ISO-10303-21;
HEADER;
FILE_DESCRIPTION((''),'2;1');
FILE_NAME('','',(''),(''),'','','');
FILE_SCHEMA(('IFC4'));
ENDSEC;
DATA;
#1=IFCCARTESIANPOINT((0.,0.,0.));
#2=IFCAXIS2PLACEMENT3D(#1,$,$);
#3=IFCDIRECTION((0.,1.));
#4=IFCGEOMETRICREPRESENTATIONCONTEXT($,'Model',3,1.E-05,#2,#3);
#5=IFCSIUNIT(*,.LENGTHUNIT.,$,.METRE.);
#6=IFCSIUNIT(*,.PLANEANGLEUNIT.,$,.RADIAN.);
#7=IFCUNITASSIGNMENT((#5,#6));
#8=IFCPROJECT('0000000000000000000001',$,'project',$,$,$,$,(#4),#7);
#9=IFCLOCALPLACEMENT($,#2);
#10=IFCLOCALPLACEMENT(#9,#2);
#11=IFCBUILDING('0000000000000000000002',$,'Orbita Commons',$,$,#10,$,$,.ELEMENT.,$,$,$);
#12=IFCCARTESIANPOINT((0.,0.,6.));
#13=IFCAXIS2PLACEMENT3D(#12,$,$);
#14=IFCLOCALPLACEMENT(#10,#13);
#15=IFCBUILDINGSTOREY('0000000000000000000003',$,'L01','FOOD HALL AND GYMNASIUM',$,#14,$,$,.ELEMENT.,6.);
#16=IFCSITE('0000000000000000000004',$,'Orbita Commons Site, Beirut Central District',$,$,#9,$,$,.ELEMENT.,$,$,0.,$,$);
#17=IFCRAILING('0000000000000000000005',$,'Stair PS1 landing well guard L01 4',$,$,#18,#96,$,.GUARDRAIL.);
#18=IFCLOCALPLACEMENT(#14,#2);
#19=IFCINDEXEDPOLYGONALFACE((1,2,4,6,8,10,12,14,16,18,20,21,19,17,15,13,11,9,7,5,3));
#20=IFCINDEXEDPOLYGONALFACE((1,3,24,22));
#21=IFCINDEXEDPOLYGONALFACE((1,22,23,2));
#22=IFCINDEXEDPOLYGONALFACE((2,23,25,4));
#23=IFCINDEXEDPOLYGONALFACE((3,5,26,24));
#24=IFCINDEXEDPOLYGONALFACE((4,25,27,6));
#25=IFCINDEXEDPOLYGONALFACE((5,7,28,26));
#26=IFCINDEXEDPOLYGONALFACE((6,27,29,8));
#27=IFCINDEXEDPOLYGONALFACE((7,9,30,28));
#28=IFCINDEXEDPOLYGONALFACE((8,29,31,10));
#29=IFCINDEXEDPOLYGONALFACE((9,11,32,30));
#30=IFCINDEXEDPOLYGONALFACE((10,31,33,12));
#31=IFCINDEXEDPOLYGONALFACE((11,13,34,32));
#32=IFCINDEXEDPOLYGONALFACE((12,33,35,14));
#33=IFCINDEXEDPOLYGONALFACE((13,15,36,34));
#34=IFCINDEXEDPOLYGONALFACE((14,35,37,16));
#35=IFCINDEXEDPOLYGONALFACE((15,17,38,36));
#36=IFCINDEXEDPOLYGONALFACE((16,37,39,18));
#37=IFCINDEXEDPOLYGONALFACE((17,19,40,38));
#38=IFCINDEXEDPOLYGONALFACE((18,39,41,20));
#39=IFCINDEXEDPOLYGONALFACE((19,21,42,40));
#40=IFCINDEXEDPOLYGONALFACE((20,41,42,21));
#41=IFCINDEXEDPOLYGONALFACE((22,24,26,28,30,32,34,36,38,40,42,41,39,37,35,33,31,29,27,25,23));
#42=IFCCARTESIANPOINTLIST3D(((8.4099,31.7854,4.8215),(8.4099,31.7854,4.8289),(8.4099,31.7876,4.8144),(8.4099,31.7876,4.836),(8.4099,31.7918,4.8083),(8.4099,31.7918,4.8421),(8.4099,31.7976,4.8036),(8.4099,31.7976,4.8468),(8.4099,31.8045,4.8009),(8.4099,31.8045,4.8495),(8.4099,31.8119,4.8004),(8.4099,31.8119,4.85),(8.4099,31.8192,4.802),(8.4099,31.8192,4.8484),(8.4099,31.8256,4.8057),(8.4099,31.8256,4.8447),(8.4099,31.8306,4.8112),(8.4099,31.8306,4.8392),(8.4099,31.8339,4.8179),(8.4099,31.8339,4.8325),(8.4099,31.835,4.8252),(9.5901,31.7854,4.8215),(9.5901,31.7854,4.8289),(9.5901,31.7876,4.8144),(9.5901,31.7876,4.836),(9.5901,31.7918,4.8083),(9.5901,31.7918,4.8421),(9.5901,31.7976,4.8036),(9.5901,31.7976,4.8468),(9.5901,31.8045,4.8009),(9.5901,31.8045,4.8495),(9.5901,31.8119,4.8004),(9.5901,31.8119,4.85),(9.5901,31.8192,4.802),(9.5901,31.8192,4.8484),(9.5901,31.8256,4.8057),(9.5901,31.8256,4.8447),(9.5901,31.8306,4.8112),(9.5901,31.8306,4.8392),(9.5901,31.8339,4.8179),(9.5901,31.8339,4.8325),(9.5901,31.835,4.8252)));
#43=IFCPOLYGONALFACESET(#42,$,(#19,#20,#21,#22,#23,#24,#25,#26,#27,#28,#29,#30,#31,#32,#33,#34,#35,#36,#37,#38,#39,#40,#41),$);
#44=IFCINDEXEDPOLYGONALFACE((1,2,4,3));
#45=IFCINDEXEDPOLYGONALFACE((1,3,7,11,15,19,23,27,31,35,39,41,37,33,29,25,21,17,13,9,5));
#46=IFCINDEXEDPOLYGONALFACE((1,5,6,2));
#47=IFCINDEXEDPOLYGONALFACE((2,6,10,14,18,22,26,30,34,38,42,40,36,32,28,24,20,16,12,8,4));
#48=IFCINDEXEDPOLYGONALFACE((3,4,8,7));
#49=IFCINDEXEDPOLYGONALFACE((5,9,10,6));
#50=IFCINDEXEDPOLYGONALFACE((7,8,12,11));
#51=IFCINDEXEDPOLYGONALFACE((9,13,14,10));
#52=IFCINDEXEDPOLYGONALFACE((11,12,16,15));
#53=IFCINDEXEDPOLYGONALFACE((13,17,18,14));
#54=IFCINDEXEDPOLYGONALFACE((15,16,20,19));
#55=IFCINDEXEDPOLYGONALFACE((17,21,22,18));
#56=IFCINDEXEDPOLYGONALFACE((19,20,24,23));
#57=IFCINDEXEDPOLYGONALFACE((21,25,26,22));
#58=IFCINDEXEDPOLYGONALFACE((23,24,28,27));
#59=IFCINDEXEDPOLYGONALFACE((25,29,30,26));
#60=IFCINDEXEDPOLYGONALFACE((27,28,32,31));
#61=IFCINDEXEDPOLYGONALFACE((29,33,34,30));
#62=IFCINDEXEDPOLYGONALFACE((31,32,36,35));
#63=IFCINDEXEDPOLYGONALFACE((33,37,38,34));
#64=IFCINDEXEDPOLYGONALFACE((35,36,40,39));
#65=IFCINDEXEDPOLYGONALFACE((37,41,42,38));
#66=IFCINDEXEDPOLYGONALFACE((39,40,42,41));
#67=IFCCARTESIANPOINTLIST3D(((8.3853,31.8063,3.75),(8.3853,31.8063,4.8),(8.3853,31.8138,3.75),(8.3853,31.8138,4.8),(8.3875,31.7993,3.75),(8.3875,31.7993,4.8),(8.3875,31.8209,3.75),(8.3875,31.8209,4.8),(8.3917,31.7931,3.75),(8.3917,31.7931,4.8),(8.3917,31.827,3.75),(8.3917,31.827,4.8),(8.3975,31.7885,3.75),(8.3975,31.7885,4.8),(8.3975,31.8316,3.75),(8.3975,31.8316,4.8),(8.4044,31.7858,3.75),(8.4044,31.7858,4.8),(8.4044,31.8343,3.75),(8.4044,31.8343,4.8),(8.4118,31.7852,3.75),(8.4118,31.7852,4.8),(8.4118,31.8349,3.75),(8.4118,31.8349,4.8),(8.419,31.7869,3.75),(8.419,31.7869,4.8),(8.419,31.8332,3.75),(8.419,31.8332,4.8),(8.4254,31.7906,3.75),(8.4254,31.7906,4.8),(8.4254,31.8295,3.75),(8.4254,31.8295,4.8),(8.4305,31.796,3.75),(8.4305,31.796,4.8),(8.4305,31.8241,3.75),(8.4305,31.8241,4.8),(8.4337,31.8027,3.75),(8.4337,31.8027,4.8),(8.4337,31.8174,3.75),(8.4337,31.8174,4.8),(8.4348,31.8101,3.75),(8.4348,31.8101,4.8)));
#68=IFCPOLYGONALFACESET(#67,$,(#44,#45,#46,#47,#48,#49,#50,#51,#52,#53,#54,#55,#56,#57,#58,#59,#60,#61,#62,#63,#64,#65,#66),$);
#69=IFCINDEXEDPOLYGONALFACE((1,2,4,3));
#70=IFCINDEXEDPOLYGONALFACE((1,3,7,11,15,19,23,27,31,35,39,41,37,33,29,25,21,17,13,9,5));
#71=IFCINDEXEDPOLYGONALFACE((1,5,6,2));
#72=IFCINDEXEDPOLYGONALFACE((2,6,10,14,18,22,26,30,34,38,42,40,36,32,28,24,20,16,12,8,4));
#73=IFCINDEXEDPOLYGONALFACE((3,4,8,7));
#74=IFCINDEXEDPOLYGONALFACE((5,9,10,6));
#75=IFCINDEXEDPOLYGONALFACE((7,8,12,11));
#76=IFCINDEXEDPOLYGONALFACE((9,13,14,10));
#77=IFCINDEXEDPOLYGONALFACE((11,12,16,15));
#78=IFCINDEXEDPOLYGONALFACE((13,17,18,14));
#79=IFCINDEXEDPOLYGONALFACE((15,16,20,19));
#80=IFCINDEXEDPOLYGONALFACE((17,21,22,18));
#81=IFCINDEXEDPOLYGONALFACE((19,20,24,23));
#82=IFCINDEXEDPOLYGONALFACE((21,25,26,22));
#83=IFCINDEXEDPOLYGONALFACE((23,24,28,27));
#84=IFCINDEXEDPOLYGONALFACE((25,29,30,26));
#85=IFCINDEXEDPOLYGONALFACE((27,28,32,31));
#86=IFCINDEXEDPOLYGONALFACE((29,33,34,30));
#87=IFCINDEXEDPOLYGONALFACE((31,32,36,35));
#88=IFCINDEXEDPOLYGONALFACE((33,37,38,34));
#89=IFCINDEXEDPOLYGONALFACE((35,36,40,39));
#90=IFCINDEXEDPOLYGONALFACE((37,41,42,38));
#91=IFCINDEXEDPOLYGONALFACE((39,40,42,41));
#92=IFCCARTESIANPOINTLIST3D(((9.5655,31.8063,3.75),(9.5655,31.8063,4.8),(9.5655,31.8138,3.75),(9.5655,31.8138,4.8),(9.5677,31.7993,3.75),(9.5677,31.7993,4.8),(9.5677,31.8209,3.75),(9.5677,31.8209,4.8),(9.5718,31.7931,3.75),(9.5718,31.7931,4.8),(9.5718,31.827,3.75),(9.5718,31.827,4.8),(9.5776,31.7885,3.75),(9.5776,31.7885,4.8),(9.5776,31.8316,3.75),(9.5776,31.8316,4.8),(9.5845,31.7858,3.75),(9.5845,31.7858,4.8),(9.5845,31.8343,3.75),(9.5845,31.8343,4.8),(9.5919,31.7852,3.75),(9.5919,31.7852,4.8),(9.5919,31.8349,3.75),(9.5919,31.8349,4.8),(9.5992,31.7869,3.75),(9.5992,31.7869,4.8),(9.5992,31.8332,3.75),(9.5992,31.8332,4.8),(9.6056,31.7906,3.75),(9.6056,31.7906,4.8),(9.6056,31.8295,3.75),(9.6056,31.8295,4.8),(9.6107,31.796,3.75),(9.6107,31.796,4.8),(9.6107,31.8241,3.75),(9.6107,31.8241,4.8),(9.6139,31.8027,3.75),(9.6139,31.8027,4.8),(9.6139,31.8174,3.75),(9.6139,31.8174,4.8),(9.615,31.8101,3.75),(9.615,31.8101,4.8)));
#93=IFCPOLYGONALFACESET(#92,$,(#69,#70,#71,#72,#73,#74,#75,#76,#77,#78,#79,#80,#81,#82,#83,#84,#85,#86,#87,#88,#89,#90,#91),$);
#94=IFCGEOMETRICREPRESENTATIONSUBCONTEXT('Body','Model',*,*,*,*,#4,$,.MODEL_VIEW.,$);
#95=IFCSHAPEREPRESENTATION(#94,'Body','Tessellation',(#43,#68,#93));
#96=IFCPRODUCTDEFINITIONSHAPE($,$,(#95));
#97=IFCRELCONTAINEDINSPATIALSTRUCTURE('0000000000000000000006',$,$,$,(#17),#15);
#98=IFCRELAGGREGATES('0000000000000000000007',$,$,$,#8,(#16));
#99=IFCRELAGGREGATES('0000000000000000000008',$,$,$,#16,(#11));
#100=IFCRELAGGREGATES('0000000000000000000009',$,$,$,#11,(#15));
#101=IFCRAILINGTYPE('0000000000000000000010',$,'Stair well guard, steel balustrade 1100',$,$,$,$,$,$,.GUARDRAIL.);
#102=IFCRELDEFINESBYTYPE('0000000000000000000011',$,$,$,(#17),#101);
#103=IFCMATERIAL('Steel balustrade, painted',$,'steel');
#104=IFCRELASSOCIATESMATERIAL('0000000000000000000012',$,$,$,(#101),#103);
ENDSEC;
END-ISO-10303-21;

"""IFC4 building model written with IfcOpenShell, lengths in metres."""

from ifc_helpers import new_model, si_unit, direction, frame, origin, origin_2d, place, context, subcontext, project, spatial, circle, extrude, material, type_object, element, save


model = new_model("IFC4")

# Units and contexts
model_context = context("Model", 3, precision=1e-05, world=origin(), true_north=direction((0.0, 1.0)))
body_context = subcontext(model_context, "Body", "Model", "MODEL_VIEW")
ifc_project = project(units=[si_unit("LENGTHUNIT", "METRE"), si_unit("PLANEANGLEUNIT", "RADIAN")], contexts=[model_context])

# Site, building, storey
site_placement = place(None, origin())
site = spatial("IfcSite", under=ifc_project, at=site_placement, Name="Orbita Commons Site, Beirut Central District", CompositionType="ELEMENT", RefElevation=0.0)
building_placement = place(site_placement, origin())
building = spatial("IfcBuilding", under=site, at=building_placement, Name="Orbita Commons", CompositionType="ELEMENT")
storey_placement = place(building_placement, frame((0.0, 0.0, 6.0)))
storey = spatial("IfcBuildingStorey", under=building, at=storey_placement, Name="L01", Description="FOOD HALL AND GYMNASIUM", CompositionType="ELEMENT", Elevation=6.0)

# Railing
ifc_material_1 = material(Name="Steel balustrade, painted", Category="steel")
railing_type_1 = type_object("IfcRailingType", Name="Stair well guard, steel balustrade 1100", PredefinedType="GUARDRAIL", material=ifc_material_1)
for number, where, name in (
    (1, (8.4099, 31.8101, 3.75), "Stair PS1 landing well guard L01 4"),
):
    element("IfcRailing", number, at=place(storey_placement, frame(where)), inside=storey, type_object=railing_type_1, Name=name, PredefinedType="GUARDRAIL", context=body_context, shape_type="SweptSolid", body=[
        extrude(circle(Radius=0.0249, at=origin_2d()), frame((0.0, 0.0, 1.0752), z_axis=(1.0, 0.0, 0.0), x_axis=(0.0, 1.0, 0.0)), (0.0, 0.0, 1.0), 1.1802),
        extrude(circle(Radius=0.0249, at=origin_2d()), origin(), (0.0, 0.0, 1.0), 1.05),
        extrude(circle(Radius=0.0249, at=origin_2d()), frame((1.1802, 0.0, 0.0)), (0.0, 0.0, 1.0), 1.05),
    ])

save(model, "model.ifc")
